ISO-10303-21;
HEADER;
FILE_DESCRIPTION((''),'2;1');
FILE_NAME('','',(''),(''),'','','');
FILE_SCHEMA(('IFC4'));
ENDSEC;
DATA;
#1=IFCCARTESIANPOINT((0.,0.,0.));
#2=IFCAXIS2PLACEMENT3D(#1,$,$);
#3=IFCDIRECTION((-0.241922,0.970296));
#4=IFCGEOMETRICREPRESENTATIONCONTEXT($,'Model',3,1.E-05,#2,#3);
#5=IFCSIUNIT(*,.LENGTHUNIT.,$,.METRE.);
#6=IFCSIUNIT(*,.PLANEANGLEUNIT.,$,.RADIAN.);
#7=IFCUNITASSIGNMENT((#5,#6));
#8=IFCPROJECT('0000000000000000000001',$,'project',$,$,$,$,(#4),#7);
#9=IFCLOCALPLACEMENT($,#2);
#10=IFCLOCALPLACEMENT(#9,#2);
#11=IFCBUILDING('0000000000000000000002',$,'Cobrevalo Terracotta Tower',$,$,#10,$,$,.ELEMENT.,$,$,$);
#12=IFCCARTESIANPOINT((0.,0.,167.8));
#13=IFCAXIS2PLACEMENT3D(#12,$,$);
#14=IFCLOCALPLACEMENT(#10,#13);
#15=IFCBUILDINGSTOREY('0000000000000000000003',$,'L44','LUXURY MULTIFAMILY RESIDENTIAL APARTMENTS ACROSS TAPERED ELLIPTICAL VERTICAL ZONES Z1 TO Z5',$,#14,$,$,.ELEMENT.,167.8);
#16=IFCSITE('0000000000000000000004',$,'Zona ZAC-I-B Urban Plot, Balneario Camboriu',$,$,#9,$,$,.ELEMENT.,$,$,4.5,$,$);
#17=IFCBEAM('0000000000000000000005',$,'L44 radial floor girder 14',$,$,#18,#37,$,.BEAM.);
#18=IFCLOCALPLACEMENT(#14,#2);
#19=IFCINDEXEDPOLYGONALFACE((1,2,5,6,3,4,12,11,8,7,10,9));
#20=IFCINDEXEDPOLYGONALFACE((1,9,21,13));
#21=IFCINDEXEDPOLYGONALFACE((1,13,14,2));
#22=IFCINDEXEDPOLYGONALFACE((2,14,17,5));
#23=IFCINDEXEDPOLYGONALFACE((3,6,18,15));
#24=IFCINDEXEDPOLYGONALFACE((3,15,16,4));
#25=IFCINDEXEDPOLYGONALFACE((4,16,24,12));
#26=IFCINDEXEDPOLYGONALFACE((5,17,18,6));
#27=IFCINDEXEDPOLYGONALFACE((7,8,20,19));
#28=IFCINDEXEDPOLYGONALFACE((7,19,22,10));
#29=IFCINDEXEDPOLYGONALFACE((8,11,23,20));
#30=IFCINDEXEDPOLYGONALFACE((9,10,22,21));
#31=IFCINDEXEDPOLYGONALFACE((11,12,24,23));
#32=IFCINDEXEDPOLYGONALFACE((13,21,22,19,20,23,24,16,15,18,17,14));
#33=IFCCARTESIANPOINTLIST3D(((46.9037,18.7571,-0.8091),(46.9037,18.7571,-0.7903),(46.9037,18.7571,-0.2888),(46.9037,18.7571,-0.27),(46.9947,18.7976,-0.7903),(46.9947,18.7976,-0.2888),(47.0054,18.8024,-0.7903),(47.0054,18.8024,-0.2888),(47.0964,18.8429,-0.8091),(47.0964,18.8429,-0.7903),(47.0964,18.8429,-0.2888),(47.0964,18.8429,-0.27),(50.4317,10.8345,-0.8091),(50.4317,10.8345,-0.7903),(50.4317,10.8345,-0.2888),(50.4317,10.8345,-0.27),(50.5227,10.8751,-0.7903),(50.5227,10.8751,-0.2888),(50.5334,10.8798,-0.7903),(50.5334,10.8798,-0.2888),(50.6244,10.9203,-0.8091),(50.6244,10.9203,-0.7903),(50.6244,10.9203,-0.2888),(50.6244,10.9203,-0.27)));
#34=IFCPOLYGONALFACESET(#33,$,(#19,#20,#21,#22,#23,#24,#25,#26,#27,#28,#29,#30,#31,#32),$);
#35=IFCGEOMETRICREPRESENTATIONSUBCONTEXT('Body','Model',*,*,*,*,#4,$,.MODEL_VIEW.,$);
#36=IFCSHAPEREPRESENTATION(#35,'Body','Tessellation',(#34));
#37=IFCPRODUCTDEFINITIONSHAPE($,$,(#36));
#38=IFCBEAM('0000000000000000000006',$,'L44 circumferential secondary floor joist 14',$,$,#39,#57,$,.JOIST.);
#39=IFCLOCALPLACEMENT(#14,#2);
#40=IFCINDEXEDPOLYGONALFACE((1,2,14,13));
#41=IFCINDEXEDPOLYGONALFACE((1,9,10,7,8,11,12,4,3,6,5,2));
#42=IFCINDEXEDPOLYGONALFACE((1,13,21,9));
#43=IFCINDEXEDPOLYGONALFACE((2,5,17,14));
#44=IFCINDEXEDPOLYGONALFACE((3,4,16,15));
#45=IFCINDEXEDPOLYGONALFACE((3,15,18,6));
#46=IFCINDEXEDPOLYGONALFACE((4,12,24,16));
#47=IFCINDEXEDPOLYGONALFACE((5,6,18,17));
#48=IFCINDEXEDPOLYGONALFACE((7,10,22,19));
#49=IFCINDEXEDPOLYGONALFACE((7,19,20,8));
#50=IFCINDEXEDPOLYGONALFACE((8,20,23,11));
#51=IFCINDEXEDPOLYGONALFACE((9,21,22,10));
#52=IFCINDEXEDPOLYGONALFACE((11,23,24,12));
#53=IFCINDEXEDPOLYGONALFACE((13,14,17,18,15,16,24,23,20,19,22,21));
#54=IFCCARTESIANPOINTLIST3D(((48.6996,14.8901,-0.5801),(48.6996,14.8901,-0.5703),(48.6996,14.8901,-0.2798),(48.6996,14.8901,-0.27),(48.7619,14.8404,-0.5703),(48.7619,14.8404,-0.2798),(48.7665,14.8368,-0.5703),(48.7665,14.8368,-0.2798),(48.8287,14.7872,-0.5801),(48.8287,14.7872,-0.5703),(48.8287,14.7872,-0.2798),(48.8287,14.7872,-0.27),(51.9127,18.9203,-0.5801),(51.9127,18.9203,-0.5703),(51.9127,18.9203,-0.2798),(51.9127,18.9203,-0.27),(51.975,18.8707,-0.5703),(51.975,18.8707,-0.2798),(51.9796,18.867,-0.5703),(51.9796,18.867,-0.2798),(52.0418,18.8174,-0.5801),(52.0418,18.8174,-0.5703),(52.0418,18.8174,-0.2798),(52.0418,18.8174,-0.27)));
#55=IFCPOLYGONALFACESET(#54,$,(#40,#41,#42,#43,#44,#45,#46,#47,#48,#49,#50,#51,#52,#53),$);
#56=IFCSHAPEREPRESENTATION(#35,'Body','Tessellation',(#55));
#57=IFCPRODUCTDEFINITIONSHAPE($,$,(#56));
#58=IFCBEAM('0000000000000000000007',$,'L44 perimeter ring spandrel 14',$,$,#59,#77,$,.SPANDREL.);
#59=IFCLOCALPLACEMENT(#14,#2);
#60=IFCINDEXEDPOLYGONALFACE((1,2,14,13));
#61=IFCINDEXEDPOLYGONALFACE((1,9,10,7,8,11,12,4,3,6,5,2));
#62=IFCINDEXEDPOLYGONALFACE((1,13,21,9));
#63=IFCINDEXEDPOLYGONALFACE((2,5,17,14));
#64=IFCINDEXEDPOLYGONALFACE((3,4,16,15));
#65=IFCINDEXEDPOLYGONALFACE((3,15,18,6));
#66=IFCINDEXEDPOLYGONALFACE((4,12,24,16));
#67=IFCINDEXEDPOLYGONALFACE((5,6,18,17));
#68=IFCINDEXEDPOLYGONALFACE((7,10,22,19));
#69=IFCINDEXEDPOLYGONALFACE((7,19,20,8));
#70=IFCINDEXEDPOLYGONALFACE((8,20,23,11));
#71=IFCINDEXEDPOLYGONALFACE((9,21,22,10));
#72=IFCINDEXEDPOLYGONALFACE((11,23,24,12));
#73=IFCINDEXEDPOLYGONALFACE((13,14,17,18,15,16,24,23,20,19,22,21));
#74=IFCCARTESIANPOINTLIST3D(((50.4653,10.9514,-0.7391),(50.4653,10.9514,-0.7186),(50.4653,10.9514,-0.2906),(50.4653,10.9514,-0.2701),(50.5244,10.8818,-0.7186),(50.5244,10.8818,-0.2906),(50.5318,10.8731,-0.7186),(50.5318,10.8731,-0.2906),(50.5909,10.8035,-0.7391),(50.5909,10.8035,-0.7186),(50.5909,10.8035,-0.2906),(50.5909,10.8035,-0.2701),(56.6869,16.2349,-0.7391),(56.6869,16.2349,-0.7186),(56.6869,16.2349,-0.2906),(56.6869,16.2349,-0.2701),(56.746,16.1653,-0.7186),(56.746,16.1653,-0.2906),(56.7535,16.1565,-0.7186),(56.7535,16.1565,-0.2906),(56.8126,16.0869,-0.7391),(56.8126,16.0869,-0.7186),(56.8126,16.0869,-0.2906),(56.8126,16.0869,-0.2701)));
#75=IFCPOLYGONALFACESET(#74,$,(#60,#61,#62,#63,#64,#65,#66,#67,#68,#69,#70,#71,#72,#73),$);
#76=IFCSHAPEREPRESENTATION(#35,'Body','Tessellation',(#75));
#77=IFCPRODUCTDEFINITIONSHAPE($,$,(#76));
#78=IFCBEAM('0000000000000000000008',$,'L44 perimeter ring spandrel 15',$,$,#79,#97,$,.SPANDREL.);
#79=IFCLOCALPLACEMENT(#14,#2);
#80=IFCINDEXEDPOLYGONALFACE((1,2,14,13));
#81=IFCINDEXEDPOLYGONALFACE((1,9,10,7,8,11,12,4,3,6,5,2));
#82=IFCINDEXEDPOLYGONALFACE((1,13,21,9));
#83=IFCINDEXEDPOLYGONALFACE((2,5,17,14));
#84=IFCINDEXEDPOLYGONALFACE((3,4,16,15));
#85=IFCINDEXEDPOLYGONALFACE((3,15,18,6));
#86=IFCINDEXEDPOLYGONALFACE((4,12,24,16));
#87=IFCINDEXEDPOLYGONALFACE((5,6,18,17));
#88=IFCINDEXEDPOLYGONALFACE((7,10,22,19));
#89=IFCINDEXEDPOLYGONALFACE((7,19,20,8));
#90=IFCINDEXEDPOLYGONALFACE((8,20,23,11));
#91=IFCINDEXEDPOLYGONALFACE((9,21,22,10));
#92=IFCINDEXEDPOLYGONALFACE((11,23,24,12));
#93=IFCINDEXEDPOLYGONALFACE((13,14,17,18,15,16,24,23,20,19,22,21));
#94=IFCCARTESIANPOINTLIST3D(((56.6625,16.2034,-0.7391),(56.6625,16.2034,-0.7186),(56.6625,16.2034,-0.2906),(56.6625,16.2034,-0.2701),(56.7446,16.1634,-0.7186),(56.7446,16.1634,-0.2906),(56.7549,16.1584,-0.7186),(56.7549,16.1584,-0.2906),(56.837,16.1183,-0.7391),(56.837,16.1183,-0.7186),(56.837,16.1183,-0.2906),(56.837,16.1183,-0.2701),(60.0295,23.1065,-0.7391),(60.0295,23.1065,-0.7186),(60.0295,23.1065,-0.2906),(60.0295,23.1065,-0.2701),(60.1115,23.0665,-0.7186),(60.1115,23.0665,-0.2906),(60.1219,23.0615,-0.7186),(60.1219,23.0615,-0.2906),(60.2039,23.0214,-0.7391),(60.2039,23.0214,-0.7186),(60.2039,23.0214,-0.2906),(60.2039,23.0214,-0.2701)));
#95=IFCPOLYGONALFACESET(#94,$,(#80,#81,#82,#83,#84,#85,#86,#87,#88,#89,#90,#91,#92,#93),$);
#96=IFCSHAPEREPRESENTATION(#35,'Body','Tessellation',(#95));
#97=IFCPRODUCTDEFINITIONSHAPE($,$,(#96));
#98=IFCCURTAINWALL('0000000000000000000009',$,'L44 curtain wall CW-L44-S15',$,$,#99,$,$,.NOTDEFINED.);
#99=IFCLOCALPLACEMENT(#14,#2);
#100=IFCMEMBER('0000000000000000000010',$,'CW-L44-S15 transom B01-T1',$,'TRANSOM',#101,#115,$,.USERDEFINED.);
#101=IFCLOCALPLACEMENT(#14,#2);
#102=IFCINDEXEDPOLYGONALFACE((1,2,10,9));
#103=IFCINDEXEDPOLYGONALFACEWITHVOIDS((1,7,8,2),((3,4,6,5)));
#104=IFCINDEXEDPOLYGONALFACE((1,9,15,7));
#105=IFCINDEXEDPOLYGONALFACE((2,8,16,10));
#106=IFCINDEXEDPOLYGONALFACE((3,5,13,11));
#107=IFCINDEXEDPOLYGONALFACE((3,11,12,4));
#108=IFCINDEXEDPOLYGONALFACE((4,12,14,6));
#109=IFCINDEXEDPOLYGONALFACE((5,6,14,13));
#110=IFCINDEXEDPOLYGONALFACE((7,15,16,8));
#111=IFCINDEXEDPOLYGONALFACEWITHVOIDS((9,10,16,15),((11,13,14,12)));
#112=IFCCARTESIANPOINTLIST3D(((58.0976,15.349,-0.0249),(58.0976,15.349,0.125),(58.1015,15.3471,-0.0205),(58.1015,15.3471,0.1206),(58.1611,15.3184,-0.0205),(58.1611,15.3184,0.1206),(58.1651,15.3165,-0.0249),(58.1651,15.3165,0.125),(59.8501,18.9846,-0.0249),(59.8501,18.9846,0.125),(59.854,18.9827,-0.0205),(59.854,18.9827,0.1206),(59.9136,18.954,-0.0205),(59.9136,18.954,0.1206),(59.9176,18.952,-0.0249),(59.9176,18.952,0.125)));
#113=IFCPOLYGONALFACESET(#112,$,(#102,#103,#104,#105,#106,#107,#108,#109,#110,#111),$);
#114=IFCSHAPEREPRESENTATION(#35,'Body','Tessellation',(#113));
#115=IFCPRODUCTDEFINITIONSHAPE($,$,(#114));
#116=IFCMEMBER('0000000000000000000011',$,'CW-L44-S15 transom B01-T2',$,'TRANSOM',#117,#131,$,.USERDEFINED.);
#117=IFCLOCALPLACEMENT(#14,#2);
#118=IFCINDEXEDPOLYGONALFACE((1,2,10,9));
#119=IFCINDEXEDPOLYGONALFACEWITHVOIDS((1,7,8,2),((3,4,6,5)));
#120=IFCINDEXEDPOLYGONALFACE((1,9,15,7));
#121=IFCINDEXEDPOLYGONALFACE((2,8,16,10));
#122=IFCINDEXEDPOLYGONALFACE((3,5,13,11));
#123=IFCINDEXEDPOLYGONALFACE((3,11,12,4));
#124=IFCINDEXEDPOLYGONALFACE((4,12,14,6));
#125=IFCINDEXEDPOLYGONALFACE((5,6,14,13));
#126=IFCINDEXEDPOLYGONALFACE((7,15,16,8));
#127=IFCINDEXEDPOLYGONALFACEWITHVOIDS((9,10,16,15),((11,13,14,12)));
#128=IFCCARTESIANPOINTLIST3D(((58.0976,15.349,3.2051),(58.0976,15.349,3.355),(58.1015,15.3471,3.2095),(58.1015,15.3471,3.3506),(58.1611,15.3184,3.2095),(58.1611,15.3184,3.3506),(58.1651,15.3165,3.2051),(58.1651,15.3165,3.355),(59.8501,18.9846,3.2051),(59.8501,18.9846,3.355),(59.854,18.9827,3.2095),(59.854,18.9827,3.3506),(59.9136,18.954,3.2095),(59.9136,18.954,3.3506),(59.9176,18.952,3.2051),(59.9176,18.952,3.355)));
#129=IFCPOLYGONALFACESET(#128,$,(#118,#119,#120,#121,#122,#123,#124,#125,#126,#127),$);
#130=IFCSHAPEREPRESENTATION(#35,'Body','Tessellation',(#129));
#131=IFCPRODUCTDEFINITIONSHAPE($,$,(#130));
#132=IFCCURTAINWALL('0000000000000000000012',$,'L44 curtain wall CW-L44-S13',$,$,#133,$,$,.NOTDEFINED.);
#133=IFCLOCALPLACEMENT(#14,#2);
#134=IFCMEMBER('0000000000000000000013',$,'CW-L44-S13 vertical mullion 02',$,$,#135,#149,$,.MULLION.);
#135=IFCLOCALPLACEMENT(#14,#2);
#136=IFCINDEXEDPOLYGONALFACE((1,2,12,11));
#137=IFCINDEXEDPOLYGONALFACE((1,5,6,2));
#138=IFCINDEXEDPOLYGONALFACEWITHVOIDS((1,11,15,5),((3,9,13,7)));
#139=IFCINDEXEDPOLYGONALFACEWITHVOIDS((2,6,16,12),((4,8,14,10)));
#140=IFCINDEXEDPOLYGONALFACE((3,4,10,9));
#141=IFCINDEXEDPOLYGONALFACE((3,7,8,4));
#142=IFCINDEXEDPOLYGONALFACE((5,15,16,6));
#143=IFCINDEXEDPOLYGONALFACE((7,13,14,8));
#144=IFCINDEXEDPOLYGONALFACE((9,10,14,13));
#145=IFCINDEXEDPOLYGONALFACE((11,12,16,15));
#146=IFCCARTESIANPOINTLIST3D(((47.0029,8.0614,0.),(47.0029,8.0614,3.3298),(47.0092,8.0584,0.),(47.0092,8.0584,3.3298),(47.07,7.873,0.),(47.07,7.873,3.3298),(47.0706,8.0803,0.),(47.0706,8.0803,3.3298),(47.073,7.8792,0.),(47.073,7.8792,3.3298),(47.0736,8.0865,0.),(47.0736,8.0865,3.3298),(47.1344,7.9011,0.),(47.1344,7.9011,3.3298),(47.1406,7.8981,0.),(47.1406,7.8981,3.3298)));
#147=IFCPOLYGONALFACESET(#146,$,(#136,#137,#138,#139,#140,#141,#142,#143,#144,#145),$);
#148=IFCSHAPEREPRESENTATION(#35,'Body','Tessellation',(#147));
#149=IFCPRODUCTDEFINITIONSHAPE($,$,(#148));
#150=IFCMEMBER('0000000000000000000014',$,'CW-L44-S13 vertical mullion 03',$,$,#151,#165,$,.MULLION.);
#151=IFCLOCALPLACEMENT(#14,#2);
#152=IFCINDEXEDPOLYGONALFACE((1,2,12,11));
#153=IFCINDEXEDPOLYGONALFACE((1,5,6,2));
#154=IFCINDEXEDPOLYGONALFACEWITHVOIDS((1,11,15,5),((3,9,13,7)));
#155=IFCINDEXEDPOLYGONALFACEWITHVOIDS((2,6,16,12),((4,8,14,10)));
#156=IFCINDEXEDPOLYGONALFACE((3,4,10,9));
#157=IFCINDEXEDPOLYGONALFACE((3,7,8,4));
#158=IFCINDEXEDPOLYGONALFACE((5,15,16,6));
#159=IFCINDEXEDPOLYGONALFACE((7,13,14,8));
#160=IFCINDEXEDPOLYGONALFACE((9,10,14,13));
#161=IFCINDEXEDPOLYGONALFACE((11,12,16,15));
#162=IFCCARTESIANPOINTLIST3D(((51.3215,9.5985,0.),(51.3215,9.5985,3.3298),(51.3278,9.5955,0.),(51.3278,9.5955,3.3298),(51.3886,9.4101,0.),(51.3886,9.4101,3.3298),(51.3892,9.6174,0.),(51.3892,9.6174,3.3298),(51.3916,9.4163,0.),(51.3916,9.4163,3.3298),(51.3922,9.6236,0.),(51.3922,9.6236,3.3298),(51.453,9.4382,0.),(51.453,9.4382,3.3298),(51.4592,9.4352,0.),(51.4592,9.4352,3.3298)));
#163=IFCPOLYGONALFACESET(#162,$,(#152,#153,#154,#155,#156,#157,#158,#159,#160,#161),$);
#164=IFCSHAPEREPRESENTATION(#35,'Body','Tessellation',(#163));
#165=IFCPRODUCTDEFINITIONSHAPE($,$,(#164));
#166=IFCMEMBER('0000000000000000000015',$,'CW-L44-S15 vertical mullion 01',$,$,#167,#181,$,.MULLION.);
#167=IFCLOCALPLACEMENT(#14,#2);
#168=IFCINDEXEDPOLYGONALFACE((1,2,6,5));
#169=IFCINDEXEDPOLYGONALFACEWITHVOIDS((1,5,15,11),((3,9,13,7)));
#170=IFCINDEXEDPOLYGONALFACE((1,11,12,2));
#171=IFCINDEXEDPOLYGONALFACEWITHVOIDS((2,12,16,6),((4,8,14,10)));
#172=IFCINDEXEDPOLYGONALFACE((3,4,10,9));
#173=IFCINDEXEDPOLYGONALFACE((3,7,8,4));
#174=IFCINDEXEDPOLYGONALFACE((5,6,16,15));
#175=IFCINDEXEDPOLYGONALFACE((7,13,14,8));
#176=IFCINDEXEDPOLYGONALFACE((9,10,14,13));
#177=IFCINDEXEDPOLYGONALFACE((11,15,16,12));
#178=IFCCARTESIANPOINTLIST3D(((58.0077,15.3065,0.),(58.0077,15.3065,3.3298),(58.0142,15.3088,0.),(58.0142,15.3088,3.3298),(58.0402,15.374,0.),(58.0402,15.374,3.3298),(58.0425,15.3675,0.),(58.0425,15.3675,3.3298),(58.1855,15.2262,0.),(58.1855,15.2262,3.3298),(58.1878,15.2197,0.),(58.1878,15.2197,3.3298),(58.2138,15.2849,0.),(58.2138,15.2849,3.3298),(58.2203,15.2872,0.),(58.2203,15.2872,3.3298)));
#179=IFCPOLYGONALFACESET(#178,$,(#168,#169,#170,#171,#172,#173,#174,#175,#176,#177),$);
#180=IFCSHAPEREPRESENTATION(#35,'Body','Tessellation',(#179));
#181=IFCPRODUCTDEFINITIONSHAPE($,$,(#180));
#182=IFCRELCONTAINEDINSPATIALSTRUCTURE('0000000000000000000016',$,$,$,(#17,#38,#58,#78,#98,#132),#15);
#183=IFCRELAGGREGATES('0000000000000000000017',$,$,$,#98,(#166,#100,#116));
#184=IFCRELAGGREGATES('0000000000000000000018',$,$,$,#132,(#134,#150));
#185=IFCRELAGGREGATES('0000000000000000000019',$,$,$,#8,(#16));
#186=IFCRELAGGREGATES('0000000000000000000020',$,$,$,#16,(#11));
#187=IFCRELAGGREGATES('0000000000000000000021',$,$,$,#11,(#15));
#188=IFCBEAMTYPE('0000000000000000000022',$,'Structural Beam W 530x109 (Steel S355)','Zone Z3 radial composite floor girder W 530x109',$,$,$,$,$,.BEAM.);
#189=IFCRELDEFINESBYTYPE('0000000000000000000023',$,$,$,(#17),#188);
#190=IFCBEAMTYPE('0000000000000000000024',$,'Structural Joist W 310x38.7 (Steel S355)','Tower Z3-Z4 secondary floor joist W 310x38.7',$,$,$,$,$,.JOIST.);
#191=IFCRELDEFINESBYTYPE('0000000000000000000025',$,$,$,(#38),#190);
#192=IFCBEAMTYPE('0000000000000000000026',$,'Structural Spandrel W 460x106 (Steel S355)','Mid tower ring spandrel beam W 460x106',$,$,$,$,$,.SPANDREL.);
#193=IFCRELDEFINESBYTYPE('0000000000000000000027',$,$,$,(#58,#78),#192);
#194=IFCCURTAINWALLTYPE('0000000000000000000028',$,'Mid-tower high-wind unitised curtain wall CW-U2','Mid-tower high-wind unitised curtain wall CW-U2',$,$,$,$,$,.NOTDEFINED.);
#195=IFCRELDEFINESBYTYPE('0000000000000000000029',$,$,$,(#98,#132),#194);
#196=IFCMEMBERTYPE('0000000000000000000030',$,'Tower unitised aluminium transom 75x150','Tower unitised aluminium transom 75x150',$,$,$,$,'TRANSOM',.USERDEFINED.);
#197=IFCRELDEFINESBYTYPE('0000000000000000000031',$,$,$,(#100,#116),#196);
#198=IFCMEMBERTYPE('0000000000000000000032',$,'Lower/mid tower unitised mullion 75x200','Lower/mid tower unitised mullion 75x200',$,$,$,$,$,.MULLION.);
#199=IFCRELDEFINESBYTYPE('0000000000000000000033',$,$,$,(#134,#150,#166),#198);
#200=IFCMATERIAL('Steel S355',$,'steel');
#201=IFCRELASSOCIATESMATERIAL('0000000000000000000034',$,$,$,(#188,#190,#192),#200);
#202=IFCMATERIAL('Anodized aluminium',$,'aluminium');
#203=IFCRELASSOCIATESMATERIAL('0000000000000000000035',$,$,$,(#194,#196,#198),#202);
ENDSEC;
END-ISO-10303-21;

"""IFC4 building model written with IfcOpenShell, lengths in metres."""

from ifc_helpers import new_model, si_unit, direction, frame, origin, origin_2d, place, context, subcontext, project, spatial, hollow_rectangle, i_section, extrude, source, transform, mapped, material, material_profile, profile_set, type_object, element, aggregate, save


model = new_model("IFC4")

# Units and contexts
model_context = context("Model", 3, precision=1e-05, world=origin(), true_north=direction((-0.241922, 0.970296)))
body_context = subcontext(model_context, "Body", "Model", "MODEL_VIEW")
ifc_project = project(units=[si_unit("LENGTHUNIT", "METRE"), si_unit("PLANEANGLEUNIT", "RADIAN")], contexts=[model_context])

# Site, building, storey
site_placement = place(None, origin())
site = spatial("IfcSite", under=ifc_project, at=site_placement, Name="Zona ZAC-I-B Urban Plot, Balneario Camboriu", CompositionType="ELEMENT", RefElevation=4.5)
building_placement = place(site_placement, origin())
building = spatial("IfcBuilding", under=site, at=building_placement, Name="Cobrevalo Terracotta Tower", CompositionType="ELEMENT")
storey_placement = place(building_placement, frame((0.0, 0.0, 167.8)))
storey = spatial("IfcBuildingStorey", under=building, at=storey_placement, Name="L44", Description="LUXURY MULTIFAMILY RESIDENTIAL APARTMENTS ACROSS TAPERED ELLIPTICAL VERTICAL ZONES Z1 TO Z5", CompositionType="ELEMENT", Elevation=167.8)

# Shared definitions
ifc_material_1 = material(Name="Steel S355", Category="steel")

# Beams
ifc_material_profile_1 = material_profile(ifc_material_1, i_section(OverallWidth=0.2109, OverallDepth=0.5391, WebThickness=0.0117, FlangeThickness=0.0188, at=origin_2d()), Name="W 530x109")
ifc_profile_set_1 = profile_set([ifc_material_profile_1], Name="Steel S355")
beam_type_1 = type_object("IfcBeamType", Name="Structural Beam W 530x109 (Steel S355)", Description="Zone Z3 radial composite floor girder W 530x109", PredefinedType="BEAM", material=ifc_profile_set_1)
beam_1_placement = place(storey_placement, frame((50.5281, 10.8774, -0.5396), z_axis=(-0.406804, 0.913515, 0.0), x_axis=(-0.913515, -0.406804, 0.0)))
element("IfcBeam", 1, at=beam_1_placement, inside=storey, type_object=beam_type_1, Name="L44 radial floor girder 14", PredefinedType="BEAM", context=body_context, shape_type="SweptSolid", body=[
    extrude(i_section(OverallWidth=0.2109, OverallDepth=0.5391, WebThickness=0.0117, FlangeThickness=0.0188, at=origin_2d()), origin(), (0.0, 0.0, 1.0), 8.6726),
])
ifc_material_profile_2 = material_profile(ifc_material_1, i_section(OverallWidth=0.165, OverallDepth=0.3101, WebThickness=0.0059, FlangeThickness=0.0098, at=origin_2d()), Name="W 310x38.7")
ifc_profile_set_2 = profile_set([ifc_material_profile_2], Name="Steel S355")
beam_type_2 = type_object("IfcBeamType", Name="Structural Joist W 310x38.7 (Steel S355)", Description="Tower Z3-Z4 secondary floor joist W 310x38.7", PredefinedType="JOIST", material=ifc_profile_set_2)
beam_2_placement = place(storey_placement, frame((48.7642, 14.8386, -0.425), z_axis=(0.623383, 0.781917, 0.0), x_axis=(-0.781917, 0.623383, 0.0)))
element("IfcBeam", 2, at=beam_2_placement, inside=storey, type_object=beam_type_2, Name="L44 circumferential secondary floor joist 14", PredefinedType="JOIST", context=body_context, shape_type="SweptSolid", body=[
    extrude(i_section(OverallWidth=0.165, OverallDepth=0.3101, WebThickness=0.0059, FlangeThickness=0.0098, at=origin_2d()), origin(), (0.0, 0.0, 1.0), 5.1543),
])
ifc_material_profile_3 = material_profile(ifc_material_1, i_section(OverallWidth=0.1941, OverallDepth=0.469, WebThickness=0.0115, FlangeThickness=0.0205, at=origin_2d()), Name="W 460x106")
ifc_profile_set_3 = profile_set([ifc_material_profile_3], Name="Steel S355")
beam_type_3 = type_object("IfcBeamType", Name="Structural Spandrel W 460x106 (Steel S355)", Description="Mid tower ring spandrel beam W 460x106", PredefinedType="SPANDREL", material=ifc_profile_set_3)
beam_3_placement = place(storey_placement, frame((50.5281, 10.8774, -0.5046), z_axis=(0.76224, 0.647294, 0.0), x_axis=(-0.647294, 0.76224, 0.0)))
element("IfcBeam", 3, at=beam_3_placement, inside=storey, type_object=beam_type_3, Name="L44 perimeter ring spandrel 14", PredefinedType="SPANDREL", context=body_context, shape_type="SweptSolid", body=[
    extrude(i_section(OverallWidth=0.1941, OverallDepth=0.469, WebThickness=0.0115, FlangeThickness=0.0205, at=origin_2d()), origin(), (0.0, 0.0, 1.0), 8.1624),
])
beam_4_placement = place(storey_placement, frame((56.7498, 16.1609, -0.5046), z_axis=(0.43838, 0.89879, 0.0), x_axis=(-0.89879, 0.43838, 0.0)))
element("IfcBeam", 4, at=beam_4_placement, inside=storey, type_object=beam_type_3, Name="L44 perimeter ring spandrel 15", PredefinedType="SPANDREL", context=body_context, shape_type="SweptSolid", body=[
    extrude(i_section(OverallWidth=0.1941, OverallDepth=0.469, WebThickness=0.0115, FlangeThickness=0.0205, at=origin_2d()), origin(), (0.0, 0.0, 1.0), 7.6804),
])

# Curtain walls, members
ifc_material_2 = material(Name="Anodized aluminium", Category="aluminium")
curtain_wall_type = type_object("IfcCurtainWallType", Name="Mid-tower high-wind unitised curtain wall CW-U2", Description="Mid-tower high-wind unitised curtain wall CW-U2", PredefinedType="NOTDEFINED", material=ifc_material_2)
curtain_wall_1_placement = place(storey_placement, origin())
curtain_wall_1 = element("IfcCurtainWall", 5, at=curtain_wall_1_placement, inside=storey, type_object=curtain_wall_type, Name="L44 curtain wall CW-L44-S15", PredefinedType="NOTDEFINED")
ifc_material_profile_4 = material_profile(ifc_material_2, hollow_rectangle(XDim=0.075, YDim=0.1499, WallThickness=0.0044, at=origin_2d()), Name="CWT 75x150")
ifc_profile_set_4 = profile_set([ifc_material_profile_4], Name="Anodized aluminium")
member_type_1 = type_object("IfcMemberType", Name="Tower unitised aluminium transom 75x150", Description="Tower unitised aluminium transom 75x150", ElementType="TRANSOM", PredefinedType="USERDEFINED", material=ifc_profile_set_4)
shared_shape_1 = source(origin(), body_context, "Body", "SweptSolid", [
    extrude(hollow_rectangle(XDim=0.075, YDim=0.1499, WallThickness=0.0044, at=origin_2d()), origin(), (0.0, 0.0, 1.0), 4.0359),
])
member_1_placement = place(storey_placement, frame((58.1313, 15.3328, 0.05), z_axis=(0.434221, 0.900806, 0.0), x_axis=(-0.900806, 0.434221, 0.0)))
member_1 = element("IfcMember", 6, at=member_1_placement, type_object=member_type_1, Name="CW-L44-S15 transom B01-T1", ObjectType="TRANSOM", PredefinedType="USERDEFINED", context=body_context, shape_type="MappedRepresentation", body=[
    mapped(shared_shape_1, transform((0.0, 0.0, 0.0), scale=1.0)),
])
member_2_placement = place(storey_placement, frame((58.1313, 15.3328, 3.28), z_axis=(0.434221, 0.900806, 0.0), x_axis=(-0.900806, 0.434221, 0.0)))
member_2 = element("IfcMember", 7, at=member_2_placement, type_object=member_type_1, Name="CW-L44-S15 transom B01-T2", ObjectType="TRANSOM", PredefinedType="USERDEFINED", context=body_context, shape_type="MappedRepresentation", body=[
    mapped(shared_shape_1, transform((0.0, 0.0, 0.0), scale=1.0)),
])
curtain_wall_2_placement = place(storey_placement, origin())
curtain_wall_2 = element("IfcCurtainWall", 8, at=curtain_wall_2_placement, inside=storey, type_object=curtain_wall_type, Name="L44 curtain wall CW-L44-S13", PredefinedType="NOTDEFINED")
ifc_material_profile_5 = material_profile(ifc_material_2, hollow_rectangle(XDim=0.075, YDim=0.2, WallThickness=0.0049, at=origin_2d()), Name="CWM 75x200")
ifc_profile_set_5 = profile_set([ifc_material_profile_5], Name="Anodized aluminium")
member_type_2 = type_object("IfcMemberType", Name="Lower/mid tower unitised mullion 75x200", Description="Lower/mid tower unitised mullion 75x200", PredefinedType="MULLION", material=ifc_profile_set_5)
shared_shape_2 = source(origin(), body_context, "Body", "SweptSolid", [
    extrude(hollow_rectangle(XDim=0.075, YDim=0.2, WallThickness=0.0049, at=origin_2d()), origin(), (0.0, 0.0, 1.0), 3.3298),
])
member_3_placement = place(storey_placement, frame((47.0718, 7.9797, 0.0), z_axis=(0.0, 0.0, 1.0), x_axis=(0.942098, 0.335336, 0.0)))
member_3 = element("IfcMember", 9, at=member_3_placement, type_object=member_type_2, Name="CW-L44-S13 vertical mullion 02", PredefinedType="MULLION", context=body_context, shape_type="MappedRepresentation", body=[
    mapped(shared_shape_2, transform((0.0, 0.0, 0.0), scale=1.0)),
])
member_4_placement = place(storey_placement, frame((51.3904, 9.5168, 0.0), z_axis=(0.0, 0.0, 1.0), x_axis=(0.942098, 0.335336, 0.0)))
member_4 = element("IfcMember", 10, at=member_4_placement, type_object=member_type_2, Name="CW-L44-S13 vertical mullion 03", PredefinedType="MULLION", context=body_context, shape_type="MappedRepresentation", body=[
    mapped(shared_shape_2, transform((0.0, 0.0, 0.0), scale=1.0)),
])

# Member
member_5_placement = place(storey_placement, frame((58.114, 15.2969, 0.0), z_axis=(0.0, 0.0, 1.0), x_axis=(0.434209, 0.900812, 0.0)))
member_5 = element("IfcMember", 11, at=member_5_placement, type_object=member_type_2, Name="CW-L44-S15 vertical mullion 01", PredefinedType="MULLION", context=body_context, shape_type="MappedRepresentation", body=[
    mapped(shared_shape_2, transform((0.0, 0.0, 0.0), scale=1.0)),
])
aggregate(curtain_wall_1, [member_5, member_1, member_2])

aggregate(curtain_wall_2, [member_3, member_4])

save(model, "model.ifc")
